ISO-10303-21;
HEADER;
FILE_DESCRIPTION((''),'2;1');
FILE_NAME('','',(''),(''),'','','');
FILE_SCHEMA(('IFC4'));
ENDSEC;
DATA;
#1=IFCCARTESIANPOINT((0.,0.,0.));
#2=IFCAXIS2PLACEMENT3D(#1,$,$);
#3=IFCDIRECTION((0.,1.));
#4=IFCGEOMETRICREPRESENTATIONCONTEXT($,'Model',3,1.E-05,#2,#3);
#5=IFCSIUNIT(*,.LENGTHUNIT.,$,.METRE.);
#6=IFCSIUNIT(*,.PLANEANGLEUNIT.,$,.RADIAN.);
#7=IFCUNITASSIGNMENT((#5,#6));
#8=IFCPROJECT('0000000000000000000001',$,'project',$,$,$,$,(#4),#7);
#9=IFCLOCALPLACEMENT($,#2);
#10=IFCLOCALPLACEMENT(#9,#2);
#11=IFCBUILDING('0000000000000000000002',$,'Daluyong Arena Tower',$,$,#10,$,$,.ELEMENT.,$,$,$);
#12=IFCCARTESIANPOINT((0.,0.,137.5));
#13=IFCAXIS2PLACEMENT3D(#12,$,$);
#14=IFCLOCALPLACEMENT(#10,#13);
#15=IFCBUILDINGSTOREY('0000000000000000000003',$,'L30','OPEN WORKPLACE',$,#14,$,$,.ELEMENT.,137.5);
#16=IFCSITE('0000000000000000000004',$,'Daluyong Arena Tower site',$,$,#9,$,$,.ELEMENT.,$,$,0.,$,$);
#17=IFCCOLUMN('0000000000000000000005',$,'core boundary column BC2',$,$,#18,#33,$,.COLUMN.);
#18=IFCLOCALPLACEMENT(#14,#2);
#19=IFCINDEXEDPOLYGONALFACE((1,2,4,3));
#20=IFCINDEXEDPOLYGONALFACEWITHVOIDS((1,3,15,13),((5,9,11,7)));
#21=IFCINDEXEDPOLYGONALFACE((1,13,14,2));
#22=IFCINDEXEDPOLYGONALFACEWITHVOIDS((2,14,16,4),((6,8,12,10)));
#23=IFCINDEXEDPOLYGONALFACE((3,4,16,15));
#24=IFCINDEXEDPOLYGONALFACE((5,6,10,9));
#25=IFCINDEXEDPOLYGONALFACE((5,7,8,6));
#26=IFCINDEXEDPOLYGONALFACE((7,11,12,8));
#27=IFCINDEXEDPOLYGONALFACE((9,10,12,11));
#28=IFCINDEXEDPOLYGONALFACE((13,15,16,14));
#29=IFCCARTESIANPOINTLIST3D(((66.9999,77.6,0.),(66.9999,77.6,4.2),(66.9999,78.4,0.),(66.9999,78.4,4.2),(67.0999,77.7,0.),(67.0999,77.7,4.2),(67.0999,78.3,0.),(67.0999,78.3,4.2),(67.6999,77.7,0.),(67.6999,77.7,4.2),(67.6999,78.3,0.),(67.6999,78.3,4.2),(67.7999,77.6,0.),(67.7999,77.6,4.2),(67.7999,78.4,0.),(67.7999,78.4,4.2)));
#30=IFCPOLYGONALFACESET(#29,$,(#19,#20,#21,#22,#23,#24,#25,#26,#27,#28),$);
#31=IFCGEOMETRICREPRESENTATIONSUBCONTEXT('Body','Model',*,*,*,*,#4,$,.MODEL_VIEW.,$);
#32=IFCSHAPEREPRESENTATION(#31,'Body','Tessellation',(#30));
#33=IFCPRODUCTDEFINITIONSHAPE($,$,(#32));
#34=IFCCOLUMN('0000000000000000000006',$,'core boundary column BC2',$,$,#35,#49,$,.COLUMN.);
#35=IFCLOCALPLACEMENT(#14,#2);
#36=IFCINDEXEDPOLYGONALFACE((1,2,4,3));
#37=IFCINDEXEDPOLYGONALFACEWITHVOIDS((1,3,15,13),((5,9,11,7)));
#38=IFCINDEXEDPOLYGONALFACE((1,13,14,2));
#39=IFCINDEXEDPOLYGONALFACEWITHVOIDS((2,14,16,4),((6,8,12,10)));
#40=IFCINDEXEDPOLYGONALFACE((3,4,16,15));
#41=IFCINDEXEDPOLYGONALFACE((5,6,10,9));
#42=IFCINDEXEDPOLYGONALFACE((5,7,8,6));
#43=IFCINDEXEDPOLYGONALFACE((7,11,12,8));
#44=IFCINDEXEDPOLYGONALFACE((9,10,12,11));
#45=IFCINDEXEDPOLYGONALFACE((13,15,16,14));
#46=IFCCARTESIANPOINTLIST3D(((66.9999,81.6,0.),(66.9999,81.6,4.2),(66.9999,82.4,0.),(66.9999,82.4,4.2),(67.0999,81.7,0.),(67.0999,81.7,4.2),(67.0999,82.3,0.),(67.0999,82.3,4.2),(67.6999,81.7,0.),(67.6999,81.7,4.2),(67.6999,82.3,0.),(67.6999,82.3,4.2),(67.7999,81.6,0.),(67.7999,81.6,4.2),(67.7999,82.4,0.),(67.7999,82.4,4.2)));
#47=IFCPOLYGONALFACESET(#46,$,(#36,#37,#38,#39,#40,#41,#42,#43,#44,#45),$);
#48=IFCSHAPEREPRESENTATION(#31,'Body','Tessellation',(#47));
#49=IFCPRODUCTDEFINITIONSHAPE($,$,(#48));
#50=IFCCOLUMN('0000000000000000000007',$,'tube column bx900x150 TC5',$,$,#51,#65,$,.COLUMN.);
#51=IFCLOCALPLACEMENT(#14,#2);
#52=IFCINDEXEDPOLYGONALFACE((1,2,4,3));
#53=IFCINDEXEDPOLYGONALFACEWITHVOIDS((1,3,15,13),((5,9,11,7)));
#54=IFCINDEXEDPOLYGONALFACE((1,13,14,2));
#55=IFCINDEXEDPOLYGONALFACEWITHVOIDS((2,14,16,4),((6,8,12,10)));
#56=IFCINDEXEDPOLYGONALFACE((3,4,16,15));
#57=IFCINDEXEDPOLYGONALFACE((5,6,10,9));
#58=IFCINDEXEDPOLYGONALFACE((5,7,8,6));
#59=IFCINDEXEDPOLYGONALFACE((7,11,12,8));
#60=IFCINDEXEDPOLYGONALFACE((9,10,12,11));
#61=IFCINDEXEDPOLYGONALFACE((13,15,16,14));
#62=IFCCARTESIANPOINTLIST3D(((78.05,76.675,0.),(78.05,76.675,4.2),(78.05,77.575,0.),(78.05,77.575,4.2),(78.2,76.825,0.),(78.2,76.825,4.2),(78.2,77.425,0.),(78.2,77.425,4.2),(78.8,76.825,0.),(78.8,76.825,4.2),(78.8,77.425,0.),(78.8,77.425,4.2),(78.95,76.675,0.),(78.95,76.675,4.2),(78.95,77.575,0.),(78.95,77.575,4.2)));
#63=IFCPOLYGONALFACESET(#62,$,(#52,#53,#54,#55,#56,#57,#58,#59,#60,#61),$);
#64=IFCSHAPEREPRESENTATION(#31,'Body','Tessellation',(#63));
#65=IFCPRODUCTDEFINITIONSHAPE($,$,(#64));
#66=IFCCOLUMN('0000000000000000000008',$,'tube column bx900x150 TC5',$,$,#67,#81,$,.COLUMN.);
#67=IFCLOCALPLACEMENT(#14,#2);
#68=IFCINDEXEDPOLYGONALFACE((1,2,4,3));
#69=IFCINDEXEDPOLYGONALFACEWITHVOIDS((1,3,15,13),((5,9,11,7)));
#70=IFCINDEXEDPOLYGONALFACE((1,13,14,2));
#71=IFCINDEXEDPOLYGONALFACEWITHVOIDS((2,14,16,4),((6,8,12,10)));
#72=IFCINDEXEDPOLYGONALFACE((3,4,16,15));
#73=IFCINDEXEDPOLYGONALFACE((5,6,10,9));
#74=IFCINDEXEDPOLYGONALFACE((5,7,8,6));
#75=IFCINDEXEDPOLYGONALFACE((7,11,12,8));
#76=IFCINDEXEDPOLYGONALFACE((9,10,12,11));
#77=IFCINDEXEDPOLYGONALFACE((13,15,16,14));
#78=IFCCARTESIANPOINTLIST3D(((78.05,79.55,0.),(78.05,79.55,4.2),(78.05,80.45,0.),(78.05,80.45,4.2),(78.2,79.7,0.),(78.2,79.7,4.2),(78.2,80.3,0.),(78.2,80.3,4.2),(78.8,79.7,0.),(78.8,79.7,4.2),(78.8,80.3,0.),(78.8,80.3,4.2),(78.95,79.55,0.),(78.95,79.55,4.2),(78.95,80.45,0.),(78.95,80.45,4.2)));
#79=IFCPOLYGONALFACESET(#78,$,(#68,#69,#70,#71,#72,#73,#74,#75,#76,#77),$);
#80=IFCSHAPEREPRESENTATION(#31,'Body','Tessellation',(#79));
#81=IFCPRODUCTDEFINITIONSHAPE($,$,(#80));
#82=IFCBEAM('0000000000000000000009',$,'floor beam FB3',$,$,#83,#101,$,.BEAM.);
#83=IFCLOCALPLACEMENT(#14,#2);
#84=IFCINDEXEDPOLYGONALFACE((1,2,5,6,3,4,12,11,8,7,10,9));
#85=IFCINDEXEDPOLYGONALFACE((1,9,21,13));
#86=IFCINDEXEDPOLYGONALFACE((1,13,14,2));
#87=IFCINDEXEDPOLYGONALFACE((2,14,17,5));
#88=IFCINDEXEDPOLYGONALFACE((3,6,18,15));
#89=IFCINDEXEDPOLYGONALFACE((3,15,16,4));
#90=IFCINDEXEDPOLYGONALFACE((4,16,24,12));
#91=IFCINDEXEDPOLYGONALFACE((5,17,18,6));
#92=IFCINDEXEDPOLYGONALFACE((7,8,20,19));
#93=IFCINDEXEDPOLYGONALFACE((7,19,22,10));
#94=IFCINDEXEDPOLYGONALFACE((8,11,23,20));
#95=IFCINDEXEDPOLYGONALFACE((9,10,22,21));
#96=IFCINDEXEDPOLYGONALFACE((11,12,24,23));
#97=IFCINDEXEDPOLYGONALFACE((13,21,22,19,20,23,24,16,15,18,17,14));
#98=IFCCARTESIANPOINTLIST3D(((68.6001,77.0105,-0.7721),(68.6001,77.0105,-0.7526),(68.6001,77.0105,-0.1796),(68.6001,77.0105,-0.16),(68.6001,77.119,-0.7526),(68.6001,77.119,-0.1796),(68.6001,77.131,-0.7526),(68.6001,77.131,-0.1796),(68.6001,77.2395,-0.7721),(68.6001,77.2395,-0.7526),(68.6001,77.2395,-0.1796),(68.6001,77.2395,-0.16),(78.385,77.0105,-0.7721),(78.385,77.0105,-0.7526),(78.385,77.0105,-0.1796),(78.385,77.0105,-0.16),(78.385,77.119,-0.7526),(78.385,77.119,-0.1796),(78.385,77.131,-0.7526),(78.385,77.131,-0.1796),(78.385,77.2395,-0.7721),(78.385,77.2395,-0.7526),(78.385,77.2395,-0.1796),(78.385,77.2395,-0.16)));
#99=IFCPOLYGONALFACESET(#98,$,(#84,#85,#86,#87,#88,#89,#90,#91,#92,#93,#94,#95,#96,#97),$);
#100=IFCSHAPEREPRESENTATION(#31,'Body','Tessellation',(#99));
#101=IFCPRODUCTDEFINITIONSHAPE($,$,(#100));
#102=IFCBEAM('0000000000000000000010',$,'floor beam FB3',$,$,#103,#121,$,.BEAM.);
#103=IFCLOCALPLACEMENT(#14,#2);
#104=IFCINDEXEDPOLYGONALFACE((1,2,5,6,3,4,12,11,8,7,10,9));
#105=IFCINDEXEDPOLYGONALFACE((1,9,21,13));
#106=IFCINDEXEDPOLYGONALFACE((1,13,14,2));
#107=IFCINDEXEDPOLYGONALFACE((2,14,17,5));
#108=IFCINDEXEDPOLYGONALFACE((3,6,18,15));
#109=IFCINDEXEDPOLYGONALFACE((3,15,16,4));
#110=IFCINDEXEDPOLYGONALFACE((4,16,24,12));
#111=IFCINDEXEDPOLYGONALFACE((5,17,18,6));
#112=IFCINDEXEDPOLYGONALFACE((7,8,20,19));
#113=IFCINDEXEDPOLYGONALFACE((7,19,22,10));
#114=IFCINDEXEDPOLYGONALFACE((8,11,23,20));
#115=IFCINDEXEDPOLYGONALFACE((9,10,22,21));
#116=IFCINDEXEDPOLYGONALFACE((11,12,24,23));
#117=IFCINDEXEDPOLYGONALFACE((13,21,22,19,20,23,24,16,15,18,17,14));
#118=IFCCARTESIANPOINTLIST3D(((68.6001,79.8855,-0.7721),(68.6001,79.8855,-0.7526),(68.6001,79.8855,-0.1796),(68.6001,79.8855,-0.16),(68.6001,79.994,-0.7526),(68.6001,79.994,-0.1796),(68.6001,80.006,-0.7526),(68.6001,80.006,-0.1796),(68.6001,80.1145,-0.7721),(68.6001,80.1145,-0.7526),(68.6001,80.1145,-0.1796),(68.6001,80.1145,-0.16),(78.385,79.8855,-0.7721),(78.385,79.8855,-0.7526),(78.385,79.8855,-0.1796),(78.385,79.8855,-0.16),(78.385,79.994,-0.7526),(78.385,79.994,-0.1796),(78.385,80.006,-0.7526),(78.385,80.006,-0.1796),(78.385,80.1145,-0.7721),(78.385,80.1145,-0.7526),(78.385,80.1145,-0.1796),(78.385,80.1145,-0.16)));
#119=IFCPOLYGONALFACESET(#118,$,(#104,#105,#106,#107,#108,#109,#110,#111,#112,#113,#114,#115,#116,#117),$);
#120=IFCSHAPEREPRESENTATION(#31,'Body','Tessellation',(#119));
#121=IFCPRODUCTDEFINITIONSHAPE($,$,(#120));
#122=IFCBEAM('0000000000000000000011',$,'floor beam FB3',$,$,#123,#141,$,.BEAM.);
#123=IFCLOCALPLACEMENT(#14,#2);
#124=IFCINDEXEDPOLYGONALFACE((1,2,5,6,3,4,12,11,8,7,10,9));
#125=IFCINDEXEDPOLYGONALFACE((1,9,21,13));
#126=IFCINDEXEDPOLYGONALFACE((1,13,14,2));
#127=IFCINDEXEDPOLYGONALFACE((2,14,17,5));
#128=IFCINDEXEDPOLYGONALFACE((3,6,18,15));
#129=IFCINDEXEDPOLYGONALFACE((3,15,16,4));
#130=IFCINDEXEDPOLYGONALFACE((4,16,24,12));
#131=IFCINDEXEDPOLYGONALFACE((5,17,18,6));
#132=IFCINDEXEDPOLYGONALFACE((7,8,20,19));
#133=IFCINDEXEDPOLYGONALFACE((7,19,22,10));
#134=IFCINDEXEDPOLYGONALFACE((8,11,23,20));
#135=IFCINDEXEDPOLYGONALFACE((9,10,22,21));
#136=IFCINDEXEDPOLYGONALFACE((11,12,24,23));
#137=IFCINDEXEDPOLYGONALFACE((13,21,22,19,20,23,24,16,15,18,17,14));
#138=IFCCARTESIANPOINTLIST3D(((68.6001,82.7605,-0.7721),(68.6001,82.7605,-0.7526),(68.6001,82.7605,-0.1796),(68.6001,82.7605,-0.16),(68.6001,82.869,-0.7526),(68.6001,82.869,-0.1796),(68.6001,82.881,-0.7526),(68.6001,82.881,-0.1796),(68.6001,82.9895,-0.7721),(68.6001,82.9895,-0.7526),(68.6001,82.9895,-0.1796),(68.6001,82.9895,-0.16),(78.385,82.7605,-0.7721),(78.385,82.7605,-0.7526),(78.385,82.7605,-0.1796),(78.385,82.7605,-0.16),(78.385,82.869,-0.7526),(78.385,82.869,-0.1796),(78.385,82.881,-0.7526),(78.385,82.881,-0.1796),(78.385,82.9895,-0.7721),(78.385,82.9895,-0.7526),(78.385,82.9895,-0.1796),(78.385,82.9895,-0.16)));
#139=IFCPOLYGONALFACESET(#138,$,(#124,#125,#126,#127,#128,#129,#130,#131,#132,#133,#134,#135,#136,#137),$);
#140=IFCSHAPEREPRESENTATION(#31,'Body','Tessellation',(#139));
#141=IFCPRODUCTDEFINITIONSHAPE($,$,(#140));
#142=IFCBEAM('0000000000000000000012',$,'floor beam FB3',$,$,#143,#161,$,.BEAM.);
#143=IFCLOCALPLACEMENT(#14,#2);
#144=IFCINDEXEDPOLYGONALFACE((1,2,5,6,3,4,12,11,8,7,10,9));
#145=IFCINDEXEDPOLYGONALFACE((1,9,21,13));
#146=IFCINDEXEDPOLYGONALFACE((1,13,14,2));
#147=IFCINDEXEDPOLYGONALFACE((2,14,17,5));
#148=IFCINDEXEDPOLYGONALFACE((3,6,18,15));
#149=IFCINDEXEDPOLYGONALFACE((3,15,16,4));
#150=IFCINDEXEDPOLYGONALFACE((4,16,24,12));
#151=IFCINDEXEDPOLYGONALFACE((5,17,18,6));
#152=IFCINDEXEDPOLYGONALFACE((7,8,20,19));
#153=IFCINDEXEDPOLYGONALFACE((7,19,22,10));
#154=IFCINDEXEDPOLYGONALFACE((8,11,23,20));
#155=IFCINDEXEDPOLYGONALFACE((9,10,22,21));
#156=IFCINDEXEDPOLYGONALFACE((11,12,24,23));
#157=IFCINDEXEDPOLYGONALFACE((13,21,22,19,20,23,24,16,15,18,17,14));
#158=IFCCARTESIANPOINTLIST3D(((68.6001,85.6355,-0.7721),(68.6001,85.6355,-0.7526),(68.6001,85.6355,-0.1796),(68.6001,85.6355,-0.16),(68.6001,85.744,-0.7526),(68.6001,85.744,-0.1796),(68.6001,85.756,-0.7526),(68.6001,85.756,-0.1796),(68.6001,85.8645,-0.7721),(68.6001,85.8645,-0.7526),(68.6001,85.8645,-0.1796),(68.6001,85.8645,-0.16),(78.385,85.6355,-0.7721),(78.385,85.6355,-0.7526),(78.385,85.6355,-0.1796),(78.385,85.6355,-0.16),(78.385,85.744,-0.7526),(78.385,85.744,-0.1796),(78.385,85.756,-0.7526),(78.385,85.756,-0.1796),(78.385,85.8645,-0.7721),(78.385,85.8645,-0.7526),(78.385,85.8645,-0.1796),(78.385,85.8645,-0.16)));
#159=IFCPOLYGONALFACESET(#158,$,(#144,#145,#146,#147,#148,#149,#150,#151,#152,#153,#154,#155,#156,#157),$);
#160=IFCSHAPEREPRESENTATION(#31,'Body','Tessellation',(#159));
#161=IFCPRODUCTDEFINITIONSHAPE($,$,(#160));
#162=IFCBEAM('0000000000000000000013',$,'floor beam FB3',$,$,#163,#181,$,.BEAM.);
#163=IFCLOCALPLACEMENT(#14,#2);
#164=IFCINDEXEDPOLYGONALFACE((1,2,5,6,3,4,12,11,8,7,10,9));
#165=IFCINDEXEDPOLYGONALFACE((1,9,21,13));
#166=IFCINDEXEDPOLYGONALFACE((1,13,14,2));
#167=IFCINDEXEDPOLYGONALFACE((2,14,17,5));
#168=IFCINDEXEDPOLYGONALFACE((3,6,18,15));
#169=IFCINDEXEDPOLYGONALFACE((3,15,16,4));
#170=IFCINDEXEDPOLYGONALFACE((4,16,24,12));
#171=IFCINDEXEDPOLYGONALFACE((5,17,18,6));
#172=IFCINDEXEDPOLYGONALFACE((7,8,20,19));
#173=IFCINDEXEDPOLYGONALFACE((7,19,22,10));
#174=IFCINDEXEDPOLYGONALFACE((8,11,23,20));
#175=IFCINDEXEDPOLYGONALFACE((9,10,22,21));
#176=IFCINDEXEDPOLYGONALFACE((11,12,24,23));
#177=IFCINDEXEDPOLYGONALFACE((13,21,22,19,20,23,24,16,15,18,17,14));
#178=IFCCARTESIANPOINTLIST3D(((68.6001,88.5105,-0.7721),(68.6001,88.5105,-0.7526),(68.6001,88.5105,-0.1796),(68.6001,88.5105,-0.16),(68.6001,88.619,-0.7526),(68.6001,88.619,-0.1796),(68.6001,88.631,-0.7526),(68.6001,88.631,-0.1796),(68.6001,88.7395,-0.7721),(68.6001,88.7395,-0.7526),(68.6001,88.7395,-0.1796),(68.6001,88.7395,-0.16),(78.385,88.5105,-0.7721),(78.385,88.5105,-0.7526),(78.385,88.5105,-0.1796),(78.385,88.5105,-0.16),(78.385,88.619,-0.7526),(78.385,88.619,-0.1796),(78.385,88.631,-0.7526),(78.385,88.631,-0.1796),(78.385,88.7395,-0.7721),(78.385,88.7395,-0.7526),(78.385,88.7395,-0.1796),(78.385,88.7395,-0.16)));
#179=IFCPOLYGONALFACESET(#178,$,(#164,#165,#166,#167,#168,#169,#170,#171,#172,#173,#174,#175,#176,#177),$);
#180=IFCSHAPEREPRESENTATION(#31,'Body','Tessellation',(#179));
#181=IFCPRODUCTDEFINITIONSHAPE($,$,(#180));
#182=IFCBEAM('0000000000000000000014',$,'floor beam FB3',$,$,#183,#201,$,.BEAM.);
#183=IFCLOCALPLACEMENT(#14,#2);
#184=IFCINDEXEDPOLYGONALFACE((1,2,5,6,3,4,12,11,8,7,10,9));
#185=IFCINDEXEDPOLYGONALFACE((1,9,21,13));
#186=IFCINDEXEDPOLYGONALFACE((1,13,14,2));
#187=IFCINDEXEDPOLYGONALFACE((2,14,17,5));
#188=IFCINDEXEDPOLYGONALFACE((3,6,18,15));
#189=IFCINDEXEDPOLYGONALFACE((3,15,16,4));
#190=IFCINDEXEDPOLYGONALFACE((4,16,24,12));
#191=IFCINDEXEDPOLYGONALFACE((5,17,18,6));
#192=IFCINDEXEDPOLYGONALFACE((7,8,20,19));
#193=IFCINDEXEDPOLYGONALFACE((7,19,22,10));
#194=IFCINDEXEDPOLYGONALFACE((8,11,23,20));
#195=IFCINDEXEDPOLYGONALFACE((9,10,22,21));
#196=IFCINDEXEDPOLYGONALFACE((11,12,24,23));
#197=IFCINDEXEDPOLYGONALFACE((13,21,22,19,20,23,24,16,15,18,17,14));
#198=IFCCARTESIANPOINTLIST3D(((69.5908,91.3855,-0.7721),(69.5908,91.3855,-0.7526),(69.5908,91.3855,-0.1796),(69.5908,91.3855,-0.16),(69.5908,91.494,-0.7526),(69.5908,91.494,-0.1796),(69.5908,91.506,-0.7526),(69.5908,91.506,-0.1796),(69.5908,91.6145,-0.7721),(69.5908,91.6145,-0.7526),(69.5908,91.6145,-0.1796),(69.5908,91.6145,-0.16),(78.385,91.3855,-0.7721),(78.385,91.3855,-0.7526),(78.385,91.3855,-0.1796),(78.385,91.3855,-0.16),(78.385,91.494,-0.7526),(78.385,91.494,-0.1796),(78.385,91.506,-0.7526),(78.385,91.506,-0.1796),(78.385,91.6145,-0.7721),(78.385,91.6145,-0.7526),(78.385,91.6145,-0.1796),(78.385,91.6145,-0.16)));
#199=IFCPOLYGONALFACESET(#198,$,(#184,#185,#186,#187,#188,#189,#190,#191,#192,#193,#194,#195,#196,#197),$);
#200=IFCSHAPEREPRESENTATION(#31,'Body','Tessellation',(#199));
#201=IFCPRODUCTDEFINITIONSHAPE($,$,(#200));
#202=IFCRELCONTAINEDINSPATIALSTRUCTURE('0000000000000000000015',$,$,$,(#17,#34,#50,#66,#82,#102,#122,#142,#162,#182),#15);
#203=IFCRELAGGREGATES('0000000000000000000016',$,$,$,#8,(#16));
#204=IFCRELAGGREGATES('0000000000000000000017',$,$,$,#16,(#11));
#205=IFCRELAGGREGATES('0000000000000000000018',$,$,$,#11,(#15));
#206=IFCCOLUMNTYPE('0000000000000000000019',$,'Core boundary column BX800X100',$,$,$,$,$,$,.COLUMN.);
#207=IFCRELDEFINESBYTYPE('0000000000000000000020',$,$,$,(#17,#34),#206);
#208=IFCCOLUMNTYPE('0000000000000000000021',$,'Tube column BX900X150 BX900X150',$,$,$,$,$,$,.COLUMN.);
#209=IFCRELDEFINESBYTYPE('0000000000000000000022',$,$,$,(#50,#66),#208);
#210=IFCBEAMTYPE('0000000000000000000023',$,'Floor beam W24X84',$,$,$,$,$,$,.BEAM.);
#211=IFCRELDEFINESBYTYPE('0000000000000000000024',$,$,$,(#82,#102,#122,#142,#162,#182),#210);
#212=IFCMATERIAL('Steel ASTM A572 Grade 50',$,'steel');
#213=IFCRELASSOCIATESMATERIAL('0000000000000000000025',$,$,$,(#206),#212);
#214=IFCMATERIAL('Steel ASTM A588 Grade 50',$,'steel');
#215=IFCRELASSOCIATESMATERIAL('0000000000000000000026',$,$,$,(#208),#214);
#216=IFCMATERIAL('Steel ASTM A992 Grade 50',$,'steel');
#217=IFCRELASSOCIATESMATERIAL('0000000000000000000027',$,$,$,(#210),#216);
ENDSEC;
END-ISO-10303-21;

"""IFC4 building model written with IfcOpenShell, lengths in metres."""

from ifc_helpers import new_model, si_unit, direction, frame, origin, origin_2d, place, context, subcontext, project, spatial, hollow_rectangle, i_section, extrude, material, material_profile, profile_set, type_object, element, save


model = new_model("IFC4")

# Units and contexts
model_context = context("Model", 3, precision=1e-05, world=origin(), true_north=direction((0.0, 1.0)))
body_context = subcontext(model_context, "Body", "Model", "MODEL_VIEW")
ifc_project = project(units=[si_unit("LENGTHUNIT", "METRE"), si_unit("PLANEANGLEUNIT", "RADIAN")], contexts=[model_context])

# Site, building, storey
site_placement = place(None, origin())
site = spatial("IfcSite", under=ifc_project, at=site_placement, Name="Daluyong Arena Tower site", CompositionType="ELEMENT", RefElevation=0.0)
building_placement = place(site_placement, origin())
building = spatial("IfcBuilding", under=site, at=building_placement, Name="Daluyong Arena Tower", CompositionType="ELEMENT")
storey_placement = place(building_placement, frame((0.0, 0.0, 137.5)))
storey = spatial("IfcBuildingStorey", under=building, at=storey_placement, Name="L30", Description="OPEN WORKPLACE", CompositionType="ELEMENT", Elevation=137.5)

# Columns
ifc_material_1 = material(Name="Steel ASTM A572 Grade 50", Category="steel")
ifc_material_profile_1 = material_profile(ifc_material_1, hollow_rectangle(XDim=0.8, YDim=0.8, WallThickness=0.1, at=origin_2d()))
ifc_profile_set_1 = profile_set([ifc_material_profile_1], Name="Steel ASTM A572 Grade 50")
column_type_1 = type_object("IfcColumnType", Name="Core boundary column BX800X100", PredefinedType="COLUMN", material=ifc_profile_set_1)
for number, where, z_axis, x_axis, name in (
    (1, (67.3999, 78.0, 0.0), (0.0, 0.0, 1.0), (1.0, 0.0, 0.0), "core boundary column BC2"),
    (2, (67.3999, 82.0, 0.0), (0.0, 0.0, 1.0), (1.0, 0.0, 0.0), "core boundary column BC2"),
):
    element("IfcColumn", number, at=place(storey_placement, frame(where, z_axis=z_axis, x_axis=x_axis)), inside=storey, type_object=column_type_1, Name=name, PredefinedType="COLUMN", context=body_context, shape_type="SweptSolid", body=[
        extrude(hollow_rectangle(XDim=0.8, YDim=0.8, WallThickness=0.1, at=origin_2d()), origin(), (0.0, 0.0, 1.0), 4.2),
    ])
ifc_material_2 = material(Name="Steel ASTM A588 Grade 50", Category="steel")
ifc_material_profile_2 = material_profile(ifc_material_2, hollow_rectangle(XDim=0.8999, YDim=0.8999, WallThickness=0.15, at=origin_2d()))
ifc_profile_set_2 = profile_set([ifc_material_profile_2], Name="Steel ASTM A588 Grade 50")
column_type_2 = type_object("IfcColumnType", Name="Tube column BX900X150 BX900X150", PredefinedType="COLUMN", material=ifc_profile_set_2)
for number, where, z_axis, x_axis, name in (
    (3, (78.5, 77.125, 0.0), (0.0, 0.0, 1.0), (0.0, 1.0, 0.0), "tube column bx900x150 TC5"),
    (4, (78.5, 80.0, 0.0), (0.0, 0.0, 1.0), (0.0, 1.0, 0.0), "tube column bx900x150 TC5"),
):
    element("IfcColumn", number, at=place(storey_placement, frame(where, z_axis=z_axis, x_axis=x_axis)), inside=storey, type_object=column_type_2, Name=name, PredefinedType="COLUMN", context=body_context, shape_type="SweptSolid", body=[
        extrude(hollow_rectangle(XDim=0.8999, YDim=0.8999, WallThickness=0.15, at=origin_2d()), origin(), (0.0, 0.0, 1.0), 4.2),
    ])

# Beams
ifc_material_3 = material(Name="Steel ASTM A992 Grade 50", Category="steel")
ifc_material_profile_3 = material_profile(ifc_material_3, i_section(OverallWidth=0.229, OverallDepth=0.6121, WebThickness=0.012, FlangeThickness=0.0195, at=origin_2d()))
ifc_profile_set_3 = profile_set([ifc_material_profile_3], Name="Steel ASTM A992 Grade 50")
beam_type_1 = type_object("IfcBeamType", Name="Floor beam W24X84", PredefinedType="BEAM", material=ifc_profile_set_3)
for number, where, z_axis, x_axis, name in (
    (5, (78.385, 77.125, -0.4661), (-1.0, 0.0, 0.0), (0.0, -1.0, 0.0), "floor beam FB3"),
    (6, (78.385, 80.0, -0.4661), (-1.0, 0.0, 0.0), (0.0, -1.0, 0.0), "floor beam FB3"),
    (7, (78.385, 82.875, -0.4661), (-1.0, 0.0, 0.0), (0.0, -1.0, 0.0), "floor beam FB3"),
    (8, (78.385, 85.75, -0.4661), (-1.0, 0.0, 0.0), (0.0, -1.0, 0.0), "floor beam FB3"),
    (9, (78.385, 88.625, -0.4661), (-1.0, 0.0, 0.0), (0.0, -1.0, 0.0), "floor beam FB3"),
):
    element("IfcBeam", number, at=place(storey_placement, frame(where, z_axis=z_axis, x_axis=x_axis)), inside=storey, type_object=beam_type_1, Name=name, PredefinedType="BEAM", context=body_context, shape_type="SweptSolid", body=[
        extrude(i_section(OverallWidth=0.229, OverallDepth=0.6121, WebThickness=0.012, FlangeThickness=0.0195, at=origin_2d()), origin(), (0.0, 0.0, 1.0), 9.7849),
    ])
beam_1_placement = place(storey_placement, frame((78.385, 91.5, -0.4661), z_axis=(-1.0, 0.0, 0.0), x_axis=(0.0, -1.0, 0.0)))
element("IfcBeam", 10, at=beam_1_placement, inside=storey, type_object=beam_type_1, Name="floor beam FB3", PredefinedType="BEAM", context=body_context, shape_type="SweptSolid", body=[
    extrude(i_section(OverallWidth=0.229, OverallDepth=0.6121, WebThickness=0.012, FlangeThickness=0.0195, at=origin_2d()), origin(), (0.0, 0.0, 1.0), 8.7942),
])

save(model, "model.ifc")
